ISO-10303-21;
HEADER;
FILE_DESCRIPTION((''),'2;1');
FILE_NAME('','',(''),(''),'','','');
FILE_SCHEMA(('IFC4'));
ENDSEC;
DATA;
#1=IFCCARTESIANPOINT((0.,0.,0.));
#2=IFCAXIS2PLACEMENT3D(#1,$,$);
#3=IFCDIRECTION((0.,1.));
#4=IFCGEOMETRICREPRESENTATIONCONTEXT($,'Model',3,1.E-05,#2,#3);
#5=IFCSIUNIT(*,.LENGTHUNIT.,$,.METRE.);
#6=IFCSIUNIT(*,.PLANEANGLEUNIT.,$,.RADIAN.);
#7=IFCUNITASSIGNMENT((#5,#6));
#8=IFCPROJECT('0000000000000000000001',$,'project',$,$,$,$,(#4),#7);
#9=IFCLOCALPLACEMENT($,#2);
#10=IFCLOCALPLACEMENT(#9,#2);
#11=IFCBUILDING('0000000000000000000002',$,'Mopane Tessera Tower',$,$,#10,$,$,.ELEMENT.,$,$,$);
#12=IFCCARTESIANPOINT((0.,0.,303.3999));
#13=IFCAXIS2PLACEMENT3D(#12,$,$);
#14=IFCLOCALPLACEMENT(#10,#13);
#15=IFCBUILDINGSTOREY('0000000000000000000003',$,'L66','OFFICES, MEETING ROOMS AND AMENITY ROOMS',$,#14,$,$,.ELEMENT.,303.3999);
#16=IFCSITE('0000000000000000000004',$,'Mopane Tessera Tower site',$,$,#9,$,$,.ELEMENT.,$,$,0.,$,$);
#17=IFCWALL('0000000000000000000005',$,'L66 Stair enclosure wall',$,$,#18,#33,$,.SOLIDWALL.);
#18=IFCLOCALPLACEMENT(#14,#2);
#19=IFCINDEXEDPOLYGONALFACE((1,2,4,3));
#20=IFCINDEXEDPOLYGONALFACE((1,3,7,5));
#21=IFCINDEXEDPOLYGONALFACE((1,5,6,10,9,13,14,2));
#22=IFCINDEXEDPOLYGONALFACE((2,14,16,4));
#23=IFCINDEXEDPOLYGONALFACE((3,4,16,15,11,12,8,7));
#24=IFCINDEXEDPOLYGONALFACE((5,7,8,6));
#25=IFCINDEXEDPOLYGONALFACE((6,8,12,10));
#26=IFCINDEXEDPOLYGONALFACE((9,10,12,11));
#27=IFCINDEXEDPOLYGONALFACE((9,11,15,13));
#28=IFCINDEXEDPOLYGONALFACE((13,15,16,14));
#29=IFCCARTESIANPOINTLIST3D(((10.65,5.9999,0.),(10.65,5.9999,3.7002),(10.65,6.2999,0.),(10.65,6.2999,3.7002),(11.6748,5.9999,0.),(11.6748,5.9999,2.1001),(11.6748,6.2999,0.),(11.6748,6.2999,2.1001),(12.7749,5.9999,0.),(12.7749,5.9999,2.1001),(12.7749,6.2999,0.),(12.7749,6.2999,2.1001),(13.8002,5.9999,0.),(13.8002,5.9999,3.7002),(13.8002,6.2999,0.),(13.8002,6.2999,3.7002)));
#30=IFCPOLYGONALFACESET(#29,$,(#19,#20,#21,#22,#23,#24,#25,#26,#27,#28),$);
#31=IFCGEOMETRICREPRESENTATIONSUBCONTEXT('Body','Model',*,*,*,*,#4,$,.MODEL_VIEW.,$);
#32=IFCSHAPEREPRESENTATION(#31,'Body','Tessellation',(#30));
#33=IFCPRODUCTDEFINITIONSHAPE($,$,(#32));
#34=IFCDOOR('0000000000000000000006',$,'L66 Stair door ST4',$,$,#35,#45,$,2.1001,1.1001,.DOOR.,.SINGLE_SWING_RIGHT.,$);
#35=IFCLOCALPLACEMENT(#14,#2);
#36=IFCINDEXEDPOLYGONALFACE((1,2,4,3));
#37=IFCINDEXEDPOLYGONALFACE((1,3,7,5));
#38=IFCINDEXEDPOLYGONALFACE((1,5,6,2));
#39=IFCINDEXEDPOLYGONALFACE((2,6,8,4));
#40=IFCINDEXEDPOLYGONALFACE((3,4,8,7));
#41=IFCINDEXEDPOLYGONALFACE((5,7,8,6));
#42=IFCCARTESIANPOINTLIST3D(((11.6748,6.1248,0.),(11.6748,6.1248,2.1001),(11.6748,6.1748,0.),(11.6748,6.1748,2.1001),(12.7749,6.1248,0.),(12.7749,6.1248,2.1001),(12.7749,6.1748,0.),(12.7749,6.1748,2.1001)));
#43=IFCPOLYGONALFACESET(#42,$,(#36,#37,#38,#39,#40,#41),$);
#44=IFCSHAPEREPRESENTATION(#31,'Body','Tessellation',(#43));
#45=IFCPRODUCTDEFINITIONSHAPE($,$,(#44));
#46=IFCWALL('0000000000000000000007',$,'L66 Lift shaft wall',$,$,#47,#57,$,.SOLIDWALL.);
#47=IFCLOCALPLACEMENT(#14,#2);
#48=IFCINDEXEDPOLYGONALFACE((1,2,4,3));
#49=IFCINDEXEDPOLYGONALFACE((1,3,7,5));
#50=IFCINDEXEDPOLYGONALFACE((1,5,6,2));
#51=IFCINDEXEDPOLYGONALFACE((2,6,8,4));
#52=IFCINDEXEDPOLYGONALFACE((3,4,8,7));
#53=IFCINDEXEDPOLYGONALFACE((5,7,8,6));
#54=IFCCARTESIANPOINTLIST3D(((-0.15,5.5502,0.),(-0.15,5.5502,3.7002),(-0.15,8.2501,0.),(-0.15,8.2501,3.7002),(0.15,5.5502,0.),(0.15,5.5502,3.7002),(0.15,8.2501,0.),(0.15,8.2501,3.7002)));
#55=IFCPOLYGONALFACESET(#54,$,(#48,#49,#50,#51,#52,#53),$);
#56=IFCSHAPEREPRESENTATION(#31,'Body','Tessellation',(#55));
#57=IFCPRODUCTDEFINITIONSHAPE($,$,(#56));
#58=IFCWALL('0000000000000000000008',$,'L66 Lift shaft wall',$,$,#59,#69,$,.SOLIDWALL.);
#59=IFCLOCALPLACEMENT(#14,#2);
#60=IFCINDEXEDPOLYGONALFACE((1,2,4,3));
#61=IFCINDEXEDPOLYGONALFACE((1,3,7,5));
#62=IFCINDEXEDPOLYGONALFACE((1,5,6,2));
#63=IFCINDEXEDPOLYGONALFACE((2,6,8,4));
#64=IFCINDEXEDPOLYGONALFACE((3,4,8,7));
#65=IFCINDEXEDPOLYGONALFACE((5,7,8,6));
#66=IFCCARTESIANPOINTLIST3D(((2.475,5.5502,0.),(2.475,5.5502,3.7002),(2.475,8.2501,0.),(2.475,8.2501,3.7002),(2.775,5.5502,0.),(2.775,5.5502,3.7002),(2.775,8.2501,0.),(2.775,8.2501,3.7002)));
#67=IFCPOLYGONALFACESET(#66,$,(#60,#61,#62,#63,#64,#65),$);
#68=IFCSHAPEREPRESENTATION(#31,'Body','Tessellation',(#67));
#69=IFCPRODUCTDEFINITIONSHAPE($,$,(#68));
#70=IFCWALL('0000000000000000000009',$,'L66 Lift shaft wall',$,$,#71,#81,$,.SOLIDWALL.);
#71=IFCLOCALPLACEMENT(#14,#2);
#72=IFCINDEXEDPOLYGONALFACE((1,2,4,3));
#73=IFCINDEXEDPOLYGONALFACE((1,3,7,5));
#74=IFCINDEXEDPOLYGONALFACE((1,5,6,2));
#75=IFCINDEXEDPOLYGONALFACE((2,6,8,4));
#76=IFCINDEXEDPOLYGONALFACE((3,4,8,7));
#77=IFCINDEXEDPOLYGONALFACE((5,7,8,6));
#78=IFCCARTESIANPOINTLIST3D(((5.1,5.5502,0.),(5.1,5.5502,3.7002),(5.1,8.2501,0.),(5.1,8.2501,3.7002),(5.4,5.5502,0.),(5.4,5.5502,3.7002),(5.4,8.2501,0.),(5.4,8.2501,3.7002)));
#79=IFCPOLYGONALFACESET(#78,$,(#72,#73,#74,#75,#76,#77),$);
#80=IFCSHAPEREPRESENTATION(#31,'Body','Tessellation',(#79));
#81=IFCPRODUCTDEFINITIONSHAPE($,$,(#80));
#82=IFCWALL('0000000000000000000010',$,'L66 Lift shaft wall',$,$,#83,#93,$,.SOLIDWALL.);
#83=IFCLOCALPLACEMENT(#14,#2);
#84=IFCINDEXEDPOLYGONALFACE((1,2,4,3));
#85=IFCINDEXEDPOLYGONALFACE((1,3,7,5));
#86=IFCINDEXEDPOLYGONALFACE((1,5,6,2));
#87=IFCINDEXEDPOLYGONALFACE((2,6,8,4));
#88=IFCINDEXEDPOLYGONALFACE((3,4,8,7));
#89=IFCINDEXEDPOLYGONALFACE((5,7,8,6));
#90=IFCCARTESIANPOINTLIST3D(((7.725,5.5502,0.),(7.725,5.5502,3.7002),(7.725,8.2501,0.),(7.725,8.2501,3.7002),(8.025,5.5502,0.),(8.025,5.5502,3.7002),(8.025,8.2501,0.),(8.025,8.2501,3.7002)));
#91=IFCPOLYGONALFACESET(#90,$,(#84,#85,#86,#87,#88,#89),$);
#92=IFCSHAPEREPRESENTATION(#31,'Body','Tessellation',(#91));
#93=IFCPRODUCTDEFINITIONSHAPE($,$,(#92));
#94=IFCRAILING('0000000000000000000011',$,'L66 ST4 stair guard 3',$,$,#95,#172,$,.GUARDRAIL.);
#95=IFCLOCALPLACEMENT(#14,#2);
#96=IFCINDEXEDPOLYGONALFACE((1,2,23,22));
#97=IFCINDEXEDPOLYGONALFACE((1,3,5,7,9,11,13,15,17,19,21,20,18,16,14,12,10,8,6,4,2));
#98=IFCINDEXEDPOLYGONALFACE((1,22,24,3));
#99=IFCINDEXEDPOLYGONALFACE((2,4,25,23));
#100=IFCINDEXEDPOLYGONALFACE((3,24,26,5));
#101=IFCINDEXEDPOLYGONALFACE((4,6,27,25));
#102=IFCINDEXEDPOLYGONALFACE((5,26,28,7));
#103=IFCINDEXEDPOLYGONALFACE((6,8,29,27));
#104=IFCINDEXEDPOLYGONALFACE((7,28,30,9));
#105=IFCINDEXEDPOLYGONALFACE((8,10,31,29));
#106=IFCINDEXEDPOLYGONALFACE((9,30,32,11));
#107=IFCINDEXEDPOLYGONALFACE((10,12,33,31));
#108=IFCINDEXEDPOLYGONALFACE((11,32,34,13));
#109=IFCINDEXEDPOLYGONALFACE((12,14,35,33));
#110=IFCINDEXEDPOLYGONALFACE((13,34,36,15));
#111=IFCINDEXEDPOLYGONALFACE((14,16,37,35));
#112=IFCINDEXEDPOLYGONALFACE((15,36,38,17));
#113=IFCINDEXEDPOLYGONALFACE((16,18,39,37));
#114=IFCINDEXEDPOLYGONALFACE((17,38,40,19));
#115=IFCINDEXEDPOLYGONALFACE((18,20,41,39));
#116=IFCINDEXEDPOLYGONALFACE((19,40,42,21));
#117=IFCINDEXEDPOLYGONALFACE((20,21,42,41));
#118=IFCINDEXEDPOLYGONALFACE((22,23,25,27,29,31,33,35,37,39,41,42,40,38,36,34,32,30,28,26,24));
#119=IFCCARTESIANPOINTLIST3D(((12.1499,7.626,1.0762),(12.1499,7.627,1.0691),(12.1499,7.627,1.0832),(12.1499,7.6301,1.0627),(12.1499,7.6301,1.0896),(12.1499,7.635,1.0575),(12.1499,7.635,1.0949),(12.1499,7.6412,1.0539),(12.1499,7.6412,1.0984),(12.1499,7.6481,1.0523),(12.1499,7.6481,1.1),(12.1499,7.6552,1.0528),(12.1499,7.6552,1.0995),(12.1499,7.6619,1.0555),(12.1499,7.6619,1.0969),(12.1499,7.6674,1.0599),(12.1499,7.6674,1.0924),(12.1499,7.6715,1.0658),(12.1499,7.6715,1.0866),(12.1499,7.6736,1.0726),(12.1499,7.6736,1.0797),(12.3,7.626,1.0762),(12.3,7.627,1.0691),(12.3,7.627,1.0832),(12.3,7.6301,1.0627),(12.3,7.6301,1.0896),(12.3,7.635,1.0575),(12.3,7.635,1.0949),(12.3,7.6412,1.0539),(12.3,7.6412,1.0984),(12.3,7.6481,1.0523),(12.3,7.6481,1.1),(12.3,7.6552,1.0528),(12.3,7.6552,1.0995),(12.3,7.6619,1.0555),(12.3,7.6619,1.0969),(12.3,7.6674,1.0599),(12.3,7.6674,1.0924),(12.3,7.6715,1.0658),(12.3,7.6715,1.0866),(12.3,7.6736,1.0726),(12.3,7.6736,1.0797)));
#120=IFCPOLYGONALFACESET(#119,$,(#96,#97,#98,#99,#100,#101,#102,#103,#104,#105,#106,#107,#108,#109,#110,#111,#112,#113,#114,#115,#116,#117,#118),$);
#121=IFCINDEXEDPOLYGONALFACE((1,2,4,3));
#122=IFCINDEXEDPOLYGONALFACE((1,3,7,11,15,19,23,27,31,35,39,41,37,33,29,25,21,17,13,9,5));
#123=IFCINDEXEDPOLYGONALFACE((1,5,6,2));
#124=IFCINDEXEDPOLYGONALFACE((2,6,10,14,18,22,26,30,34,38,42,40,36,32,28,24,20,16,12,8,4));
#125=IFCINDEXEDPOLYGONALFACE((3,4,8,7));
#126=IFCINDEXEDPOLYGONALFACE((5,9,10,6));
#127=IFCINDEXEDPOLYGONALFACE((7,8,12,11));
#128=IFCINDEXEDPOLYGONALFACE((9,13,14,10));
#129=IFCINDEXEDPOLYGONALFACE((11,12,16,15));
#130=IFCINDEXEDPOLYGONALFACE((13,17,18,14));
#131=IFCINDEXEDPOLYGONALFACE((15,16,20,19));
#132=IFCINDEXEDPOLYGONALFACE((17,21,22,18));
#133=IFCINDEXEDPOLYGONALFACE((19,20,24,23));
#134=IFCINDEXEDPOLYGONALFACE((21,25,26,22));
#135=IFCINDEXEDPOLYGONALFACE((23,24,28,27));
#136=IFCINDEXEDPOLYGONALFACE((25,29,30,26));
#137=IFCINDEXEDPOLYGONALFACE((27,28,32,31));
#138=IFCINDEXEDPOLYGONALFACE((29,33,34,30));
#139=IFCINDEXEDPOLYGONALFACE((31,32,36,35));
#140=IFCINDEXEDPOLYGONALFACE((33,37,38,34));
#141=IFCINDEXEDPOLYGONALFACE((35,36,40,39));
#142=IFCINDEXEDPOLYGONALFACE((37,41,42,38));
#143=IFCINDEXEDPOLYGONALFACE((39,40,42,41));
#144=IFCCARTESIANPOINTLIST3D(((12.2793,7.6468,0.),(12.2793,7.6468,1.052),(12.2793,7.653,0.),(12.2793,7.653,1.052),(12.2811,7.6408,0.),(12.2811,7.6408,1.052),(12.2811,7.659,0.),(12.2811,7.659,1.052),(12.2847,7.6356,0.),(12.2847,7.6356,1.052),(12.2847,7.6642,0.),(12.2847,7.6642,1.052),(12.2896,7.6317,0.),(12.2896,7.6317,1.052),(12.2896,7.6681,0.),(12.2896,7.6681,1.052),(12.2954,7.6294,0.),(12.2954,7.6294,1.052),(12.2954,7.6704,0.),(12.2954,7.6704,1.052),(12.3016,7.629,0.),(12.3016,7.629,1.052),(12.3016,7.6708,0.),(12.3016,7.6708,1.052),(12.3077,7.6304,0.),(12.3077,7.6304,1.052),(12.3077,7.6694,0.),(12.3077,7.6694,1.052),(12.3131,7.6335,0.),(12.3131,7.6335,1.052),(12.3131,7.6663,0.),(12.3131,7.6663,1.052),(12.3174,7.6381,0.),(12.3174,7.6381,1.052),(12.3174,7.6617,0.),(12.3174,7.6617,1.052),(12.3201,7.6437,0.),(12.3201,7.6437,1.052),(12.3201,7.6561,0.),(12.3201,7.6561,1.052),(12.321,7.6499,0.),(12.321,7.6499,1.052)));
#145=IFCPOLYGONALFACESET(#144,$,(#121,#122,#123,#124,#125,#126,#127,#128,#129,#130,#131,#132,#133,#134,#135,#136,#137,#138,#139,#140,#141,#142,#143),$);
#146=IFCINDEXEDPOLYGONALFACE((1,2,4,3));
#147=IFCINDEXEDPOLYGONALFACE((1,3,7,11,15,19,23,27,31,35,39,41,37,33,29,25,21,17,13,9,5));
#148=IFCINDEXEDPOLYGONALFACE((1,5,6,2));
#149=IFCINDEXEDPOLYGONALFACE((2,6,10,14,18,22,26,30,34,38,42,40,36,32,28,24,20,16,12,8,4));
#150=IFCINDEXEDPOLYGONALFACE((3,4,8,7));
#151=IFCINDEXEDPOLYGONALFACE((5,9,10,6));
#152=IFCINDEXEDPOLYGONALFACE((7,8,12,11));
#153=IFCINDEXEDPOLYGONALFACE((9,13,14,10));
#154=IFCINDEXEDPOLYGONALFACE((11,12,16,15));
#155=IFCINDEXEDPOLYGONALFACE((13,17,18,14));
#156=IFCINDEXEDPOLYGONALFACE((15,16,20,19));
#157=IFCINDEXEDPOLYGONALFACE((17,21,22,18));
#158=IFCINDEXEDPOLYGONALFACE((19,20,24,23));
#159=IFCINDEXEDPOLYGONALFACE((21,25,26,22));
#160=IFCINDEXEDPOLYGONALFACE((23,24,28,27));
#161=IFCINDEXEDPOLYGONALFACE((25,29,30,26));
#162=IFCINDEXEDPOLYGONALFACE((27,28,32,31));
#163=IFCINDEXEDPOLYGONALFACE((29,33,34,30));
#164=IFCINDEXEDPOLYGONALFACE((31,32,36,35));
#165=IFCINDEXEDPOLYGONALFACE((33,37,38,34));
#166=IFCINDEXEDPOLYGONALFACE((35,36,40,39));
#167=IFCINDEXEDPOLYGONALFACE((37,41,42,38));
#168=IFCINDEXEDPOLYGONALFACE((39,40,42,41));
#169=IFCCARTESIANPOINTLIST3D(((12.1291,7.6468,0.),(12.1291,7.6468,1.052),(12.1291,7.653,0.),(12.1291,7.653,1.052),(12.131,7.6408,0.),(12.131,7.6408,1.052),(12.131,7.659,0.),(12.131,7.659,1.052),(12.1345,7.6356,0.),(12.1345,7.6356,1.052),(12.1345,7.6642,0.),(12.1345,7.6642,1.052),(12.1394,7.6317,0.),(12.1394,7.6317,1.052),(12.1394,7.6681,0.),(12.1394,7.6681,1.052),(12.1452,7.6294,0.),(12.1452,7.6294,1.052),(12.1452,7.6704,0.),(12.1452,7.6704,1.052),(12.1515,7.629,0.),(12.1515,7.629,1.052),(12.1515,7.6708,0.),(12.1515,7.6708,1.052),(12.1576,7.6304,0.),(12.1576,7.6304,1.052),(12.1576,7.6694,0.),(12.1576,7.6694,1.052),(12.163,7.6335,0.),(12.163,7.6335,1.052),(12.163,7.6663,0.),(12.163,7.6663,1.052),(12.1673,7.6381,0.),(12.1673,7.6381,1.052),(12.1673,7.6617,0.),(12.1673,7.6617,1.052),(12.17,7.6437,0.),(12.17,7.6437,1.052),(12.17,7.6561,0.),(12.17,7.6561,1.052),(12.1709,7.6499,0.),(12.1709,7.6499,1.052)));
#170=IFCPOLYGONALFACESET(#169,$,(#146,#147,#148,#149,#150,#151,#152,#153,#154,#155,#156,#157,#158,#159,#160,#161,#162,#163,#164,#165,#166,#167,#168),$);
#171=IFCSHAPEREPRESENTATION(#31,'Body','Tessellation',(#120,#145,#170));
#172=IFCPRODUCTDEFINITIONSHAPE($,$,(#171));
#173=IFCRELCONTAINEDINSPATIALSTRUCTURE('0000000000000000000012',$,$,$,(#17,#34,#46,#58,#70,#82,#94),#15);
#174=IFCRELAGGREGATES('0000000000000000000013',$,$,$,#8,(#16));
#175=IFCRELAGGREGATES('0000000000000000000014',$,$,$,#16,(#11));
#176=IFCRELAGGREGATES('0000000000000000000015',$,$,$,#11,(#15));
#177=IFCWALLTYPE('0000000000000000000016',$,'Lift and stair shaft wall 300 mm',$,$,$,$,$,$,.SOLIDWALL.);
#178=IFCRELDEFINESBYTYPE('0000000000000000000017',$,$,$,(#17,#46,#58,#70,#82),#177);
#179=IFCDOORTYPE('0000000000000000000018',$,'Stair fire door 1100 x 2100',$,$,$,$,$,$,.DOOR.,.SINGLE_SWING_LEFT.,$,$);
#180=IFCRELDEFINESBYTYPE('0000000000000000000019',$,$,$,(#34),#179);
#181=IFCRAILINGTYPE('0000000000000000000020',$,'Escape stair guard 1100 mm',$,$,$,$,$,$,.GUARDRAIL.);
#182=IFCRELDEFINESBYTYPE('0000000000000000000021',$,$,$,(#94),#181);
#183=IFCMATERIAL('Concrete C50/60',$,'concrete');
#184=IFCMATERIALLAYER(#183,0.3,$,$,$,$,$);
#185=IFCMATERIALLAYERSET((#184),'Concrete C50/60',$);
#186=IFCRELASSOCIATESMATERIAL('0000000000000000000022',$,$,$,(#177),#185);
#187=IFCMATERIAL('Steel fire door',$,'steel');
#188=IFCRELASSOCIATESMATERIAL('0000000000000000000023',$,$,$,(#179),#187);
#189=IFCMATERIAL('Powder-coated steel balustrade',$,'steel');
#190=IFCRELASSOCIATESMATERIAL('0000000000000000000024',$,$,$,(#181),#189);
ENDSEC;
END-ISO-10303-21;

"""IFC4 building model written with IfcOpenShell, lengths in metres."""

from ifc_helpers import new_model, si_unit, direction, frame, frame_2d, origin, origin_2d, place, context, subcontext, project, spatial, rectangle, circle, extrude, material, layer, layer_set, type_object, element, fill, save


model = new_model("IFC4")

# Units and contexts
model_context = context("Model", 3, precision=1e-05, world=origin(), true_north=direction((0.0, 1.0)))
body_context = subcontext(model_context, "Body", "Model", "MODEL_VIEW")
ifc_project = project(units=[si_unit("LENGTHUNIT", "METRE"), si_unit("PLANEANGLEUNIT", "RADIAN")], contexts=[model_context])

# Site, building, storey
site_placement = place(None, origin())
site = spatial("IfcSite", under=ifc_project, at=site_placement, Name="Mopane Tessera Tower site", CompositionType="ELEMENT", RefElevation=0.0)
building_placement = place(site_placement, origin())
building = spatial("IfcBuilding", under=site, at=building_placement, Name="Mopane Tessera Tower", CompositionType="ELEMENT")
storey_placement = place(building_placement, frame((0.0, 0.0, 303.3999)))
storey = spatial("IfcBuildingStorey", under=building, at=storey_placement, Name="L66", Description="OFFICES, MEETING ROOMS AND AMENITY ROOMS", CompositionType="ELEMENT", Elevation=303.3999)

# Wall, opening, door
ifc_material_1 = material(Name="Concrete C50/60", Category="concrete")
ifc_layer_1 = layer(ifc_material_1, 0.3)
ifc_layer_set_1 = layer_set([ifc_layer_1], Name="Concrete C50/60")
wall_type_1 = type_object("IfcWallType", Name="Lift and stair shaft wall 300 mm", PredefinedType="SOLIDWALL", material=ifc_layer_set_1)
ifc_material_2 = material(Name="Steel fire door", Category="steel")
door_type = type_object("IfcDoorType", Name="Stair fire door 1100 x 2100", OperationType="SINGLE_SWING_LEFT", PredefinedType="DOOR", material=ifc_material_2)
wall_1_placement = place(storey_placement, frame((10.6499, 6.1499, 0.0), z_axis=(0.0, 0.0, 1.0), x_axis=(1.0, 0.0, 0.0)))
wall_1 = element("IfcWall", 1, at=wall_1_placement, inside=storey, type_object=wall_type_1, Name="L66 Stair enclosure wall", PredefinedType="SOLIDWALL", context=body_context, shape_type="SweptSolid", body=[
    extrude(rectangle(XDim=3.1501, YDim=0.3, at=frame_2d((1.5752, 0.0))), origin(), (0.0, 0.0, 1.0), 3.7002),
])
opening_1_placement = place(wall_1_placement, frame((1.0249, 0.0, 0.0)))
opening_1 = element("IfcOpeningElement", 2, at=opening_1_placement, cuts=wall_1, PredefinedType="OPENING", context=body_context, shape_type="SweptSolid", body=[
    extrude(rectangle(XDim=1.1001, YDim=2.1001, at=frame_2d((0.55, 1.05))), frame((0.0, 0.1621, 0.0), z_axis=(0.0, -1.0, 0.0), x_axis=(1.0, 0.0, 0.0)), (0.0, 0.0, 1.0), 0.324),
])
door_1_placement = place(opening_1_placement, origin())
door_1 = element("IfcDoor", 3, at=door_1_placement, inside=storey, type_object=door_type, Name="L66 Stair door ST4", OperationType="SINGLE_SWING_RIGHT", OverallHeight=2.1001, OverallWidth=1.1001, PredefinedType="DOOR", context=body_context, shape_type="SweptSolid", body=[
    extrude(rectangle(XDim=1.1001, YDim=2.1001, at=frame_2d((0.55, 1.05))), frame((0.0, 0.0249, 0.0), z_axis=(0.0, -1.0, 0.0), x_axis=(1.0, 0.0, 0.0)), (0.0, 0.0, 1.0), 0.05),
])
fill(opening_1, door_1)

# Walls
for number, where, z_axis, x_axis, name in (
    (4, (0.0, 5.55, 0.0), (0.0, 0.0, 1.0), (0.0, 1.0, 0.0), "L66 Lift shaft wall"),
    (5, (2.625, 5.55, 0.0), (0.0, 0.0, 1.0), (0.0, 1.0, 0.0), "L66 Lift shaft wall"),
    (6, (5.25, 5.55, 0.0), (0.0, 0.0, 1.0), (0.0, 1.0, 0.0), "L66 Lift shaft wall"),
    (7, (7.875, 5.55, 0.0), (0.0, 0.0, 1.0), (0.0, 1.0, 0.0), "L66 Lift shaft wall"),
):
    element("IfcWall", number, at=place(storey_placement, frame(where, z_axis=z_axis, x_axis=x_axis)), inside=storey, type_object=wall_type_1, Name=name, PredefinedType="SOLIDWALL", context=body_context, shape_type="SweptSolid", body=[
        extrude(rectangle(XDim=2.7, YDim=0.3, at=frame_2d((1.3501, 0.0))), origin(), (0.0, 0.0, 1.0), 3.7002),
    ])

# Railing
ifc_material_3 = material(Name="Powder-coated steel balustrade", Category="steel")
railing_type = type_object("IfcRailingType", Name="Escape stair guard 1100 mm", PredefinedType="GUARDRAIL", material=ifc_material_3)
railing_1_placement = place(storey_placement, frame((12.3, 7.6499, 0.0)))
element("IfcRailing", 8, at=railing_1_placement, inside=storey, type_object=railing_type, Name="L66 ST4 stair guard 3", PredefinedType="GUARDRAIL", context=body_context, shape_type="SweptSolid", body=[
    extrude(circle(Radius=0.0239, at=origin_2d()), frame((0.0, 0.0, 1.0762), z_axis=(-1.0, 0.0, 0.0), x_axis=(0.0, -1.0, 0.0)), (0.0, 0.0, 1.0), 0.1501),
    extrude(circle(Radius=0.021, at=origin_2d()), origin(), (0.0, 0.0, 1.0), 1.052),
    extrude(circle(Radius=0.021, at=origin_2d()), frame((-0.1501, 0.0, 0.0)), (0.0, 0.0, 1.0), 1.052),
])

save(model, "model.ifc")
